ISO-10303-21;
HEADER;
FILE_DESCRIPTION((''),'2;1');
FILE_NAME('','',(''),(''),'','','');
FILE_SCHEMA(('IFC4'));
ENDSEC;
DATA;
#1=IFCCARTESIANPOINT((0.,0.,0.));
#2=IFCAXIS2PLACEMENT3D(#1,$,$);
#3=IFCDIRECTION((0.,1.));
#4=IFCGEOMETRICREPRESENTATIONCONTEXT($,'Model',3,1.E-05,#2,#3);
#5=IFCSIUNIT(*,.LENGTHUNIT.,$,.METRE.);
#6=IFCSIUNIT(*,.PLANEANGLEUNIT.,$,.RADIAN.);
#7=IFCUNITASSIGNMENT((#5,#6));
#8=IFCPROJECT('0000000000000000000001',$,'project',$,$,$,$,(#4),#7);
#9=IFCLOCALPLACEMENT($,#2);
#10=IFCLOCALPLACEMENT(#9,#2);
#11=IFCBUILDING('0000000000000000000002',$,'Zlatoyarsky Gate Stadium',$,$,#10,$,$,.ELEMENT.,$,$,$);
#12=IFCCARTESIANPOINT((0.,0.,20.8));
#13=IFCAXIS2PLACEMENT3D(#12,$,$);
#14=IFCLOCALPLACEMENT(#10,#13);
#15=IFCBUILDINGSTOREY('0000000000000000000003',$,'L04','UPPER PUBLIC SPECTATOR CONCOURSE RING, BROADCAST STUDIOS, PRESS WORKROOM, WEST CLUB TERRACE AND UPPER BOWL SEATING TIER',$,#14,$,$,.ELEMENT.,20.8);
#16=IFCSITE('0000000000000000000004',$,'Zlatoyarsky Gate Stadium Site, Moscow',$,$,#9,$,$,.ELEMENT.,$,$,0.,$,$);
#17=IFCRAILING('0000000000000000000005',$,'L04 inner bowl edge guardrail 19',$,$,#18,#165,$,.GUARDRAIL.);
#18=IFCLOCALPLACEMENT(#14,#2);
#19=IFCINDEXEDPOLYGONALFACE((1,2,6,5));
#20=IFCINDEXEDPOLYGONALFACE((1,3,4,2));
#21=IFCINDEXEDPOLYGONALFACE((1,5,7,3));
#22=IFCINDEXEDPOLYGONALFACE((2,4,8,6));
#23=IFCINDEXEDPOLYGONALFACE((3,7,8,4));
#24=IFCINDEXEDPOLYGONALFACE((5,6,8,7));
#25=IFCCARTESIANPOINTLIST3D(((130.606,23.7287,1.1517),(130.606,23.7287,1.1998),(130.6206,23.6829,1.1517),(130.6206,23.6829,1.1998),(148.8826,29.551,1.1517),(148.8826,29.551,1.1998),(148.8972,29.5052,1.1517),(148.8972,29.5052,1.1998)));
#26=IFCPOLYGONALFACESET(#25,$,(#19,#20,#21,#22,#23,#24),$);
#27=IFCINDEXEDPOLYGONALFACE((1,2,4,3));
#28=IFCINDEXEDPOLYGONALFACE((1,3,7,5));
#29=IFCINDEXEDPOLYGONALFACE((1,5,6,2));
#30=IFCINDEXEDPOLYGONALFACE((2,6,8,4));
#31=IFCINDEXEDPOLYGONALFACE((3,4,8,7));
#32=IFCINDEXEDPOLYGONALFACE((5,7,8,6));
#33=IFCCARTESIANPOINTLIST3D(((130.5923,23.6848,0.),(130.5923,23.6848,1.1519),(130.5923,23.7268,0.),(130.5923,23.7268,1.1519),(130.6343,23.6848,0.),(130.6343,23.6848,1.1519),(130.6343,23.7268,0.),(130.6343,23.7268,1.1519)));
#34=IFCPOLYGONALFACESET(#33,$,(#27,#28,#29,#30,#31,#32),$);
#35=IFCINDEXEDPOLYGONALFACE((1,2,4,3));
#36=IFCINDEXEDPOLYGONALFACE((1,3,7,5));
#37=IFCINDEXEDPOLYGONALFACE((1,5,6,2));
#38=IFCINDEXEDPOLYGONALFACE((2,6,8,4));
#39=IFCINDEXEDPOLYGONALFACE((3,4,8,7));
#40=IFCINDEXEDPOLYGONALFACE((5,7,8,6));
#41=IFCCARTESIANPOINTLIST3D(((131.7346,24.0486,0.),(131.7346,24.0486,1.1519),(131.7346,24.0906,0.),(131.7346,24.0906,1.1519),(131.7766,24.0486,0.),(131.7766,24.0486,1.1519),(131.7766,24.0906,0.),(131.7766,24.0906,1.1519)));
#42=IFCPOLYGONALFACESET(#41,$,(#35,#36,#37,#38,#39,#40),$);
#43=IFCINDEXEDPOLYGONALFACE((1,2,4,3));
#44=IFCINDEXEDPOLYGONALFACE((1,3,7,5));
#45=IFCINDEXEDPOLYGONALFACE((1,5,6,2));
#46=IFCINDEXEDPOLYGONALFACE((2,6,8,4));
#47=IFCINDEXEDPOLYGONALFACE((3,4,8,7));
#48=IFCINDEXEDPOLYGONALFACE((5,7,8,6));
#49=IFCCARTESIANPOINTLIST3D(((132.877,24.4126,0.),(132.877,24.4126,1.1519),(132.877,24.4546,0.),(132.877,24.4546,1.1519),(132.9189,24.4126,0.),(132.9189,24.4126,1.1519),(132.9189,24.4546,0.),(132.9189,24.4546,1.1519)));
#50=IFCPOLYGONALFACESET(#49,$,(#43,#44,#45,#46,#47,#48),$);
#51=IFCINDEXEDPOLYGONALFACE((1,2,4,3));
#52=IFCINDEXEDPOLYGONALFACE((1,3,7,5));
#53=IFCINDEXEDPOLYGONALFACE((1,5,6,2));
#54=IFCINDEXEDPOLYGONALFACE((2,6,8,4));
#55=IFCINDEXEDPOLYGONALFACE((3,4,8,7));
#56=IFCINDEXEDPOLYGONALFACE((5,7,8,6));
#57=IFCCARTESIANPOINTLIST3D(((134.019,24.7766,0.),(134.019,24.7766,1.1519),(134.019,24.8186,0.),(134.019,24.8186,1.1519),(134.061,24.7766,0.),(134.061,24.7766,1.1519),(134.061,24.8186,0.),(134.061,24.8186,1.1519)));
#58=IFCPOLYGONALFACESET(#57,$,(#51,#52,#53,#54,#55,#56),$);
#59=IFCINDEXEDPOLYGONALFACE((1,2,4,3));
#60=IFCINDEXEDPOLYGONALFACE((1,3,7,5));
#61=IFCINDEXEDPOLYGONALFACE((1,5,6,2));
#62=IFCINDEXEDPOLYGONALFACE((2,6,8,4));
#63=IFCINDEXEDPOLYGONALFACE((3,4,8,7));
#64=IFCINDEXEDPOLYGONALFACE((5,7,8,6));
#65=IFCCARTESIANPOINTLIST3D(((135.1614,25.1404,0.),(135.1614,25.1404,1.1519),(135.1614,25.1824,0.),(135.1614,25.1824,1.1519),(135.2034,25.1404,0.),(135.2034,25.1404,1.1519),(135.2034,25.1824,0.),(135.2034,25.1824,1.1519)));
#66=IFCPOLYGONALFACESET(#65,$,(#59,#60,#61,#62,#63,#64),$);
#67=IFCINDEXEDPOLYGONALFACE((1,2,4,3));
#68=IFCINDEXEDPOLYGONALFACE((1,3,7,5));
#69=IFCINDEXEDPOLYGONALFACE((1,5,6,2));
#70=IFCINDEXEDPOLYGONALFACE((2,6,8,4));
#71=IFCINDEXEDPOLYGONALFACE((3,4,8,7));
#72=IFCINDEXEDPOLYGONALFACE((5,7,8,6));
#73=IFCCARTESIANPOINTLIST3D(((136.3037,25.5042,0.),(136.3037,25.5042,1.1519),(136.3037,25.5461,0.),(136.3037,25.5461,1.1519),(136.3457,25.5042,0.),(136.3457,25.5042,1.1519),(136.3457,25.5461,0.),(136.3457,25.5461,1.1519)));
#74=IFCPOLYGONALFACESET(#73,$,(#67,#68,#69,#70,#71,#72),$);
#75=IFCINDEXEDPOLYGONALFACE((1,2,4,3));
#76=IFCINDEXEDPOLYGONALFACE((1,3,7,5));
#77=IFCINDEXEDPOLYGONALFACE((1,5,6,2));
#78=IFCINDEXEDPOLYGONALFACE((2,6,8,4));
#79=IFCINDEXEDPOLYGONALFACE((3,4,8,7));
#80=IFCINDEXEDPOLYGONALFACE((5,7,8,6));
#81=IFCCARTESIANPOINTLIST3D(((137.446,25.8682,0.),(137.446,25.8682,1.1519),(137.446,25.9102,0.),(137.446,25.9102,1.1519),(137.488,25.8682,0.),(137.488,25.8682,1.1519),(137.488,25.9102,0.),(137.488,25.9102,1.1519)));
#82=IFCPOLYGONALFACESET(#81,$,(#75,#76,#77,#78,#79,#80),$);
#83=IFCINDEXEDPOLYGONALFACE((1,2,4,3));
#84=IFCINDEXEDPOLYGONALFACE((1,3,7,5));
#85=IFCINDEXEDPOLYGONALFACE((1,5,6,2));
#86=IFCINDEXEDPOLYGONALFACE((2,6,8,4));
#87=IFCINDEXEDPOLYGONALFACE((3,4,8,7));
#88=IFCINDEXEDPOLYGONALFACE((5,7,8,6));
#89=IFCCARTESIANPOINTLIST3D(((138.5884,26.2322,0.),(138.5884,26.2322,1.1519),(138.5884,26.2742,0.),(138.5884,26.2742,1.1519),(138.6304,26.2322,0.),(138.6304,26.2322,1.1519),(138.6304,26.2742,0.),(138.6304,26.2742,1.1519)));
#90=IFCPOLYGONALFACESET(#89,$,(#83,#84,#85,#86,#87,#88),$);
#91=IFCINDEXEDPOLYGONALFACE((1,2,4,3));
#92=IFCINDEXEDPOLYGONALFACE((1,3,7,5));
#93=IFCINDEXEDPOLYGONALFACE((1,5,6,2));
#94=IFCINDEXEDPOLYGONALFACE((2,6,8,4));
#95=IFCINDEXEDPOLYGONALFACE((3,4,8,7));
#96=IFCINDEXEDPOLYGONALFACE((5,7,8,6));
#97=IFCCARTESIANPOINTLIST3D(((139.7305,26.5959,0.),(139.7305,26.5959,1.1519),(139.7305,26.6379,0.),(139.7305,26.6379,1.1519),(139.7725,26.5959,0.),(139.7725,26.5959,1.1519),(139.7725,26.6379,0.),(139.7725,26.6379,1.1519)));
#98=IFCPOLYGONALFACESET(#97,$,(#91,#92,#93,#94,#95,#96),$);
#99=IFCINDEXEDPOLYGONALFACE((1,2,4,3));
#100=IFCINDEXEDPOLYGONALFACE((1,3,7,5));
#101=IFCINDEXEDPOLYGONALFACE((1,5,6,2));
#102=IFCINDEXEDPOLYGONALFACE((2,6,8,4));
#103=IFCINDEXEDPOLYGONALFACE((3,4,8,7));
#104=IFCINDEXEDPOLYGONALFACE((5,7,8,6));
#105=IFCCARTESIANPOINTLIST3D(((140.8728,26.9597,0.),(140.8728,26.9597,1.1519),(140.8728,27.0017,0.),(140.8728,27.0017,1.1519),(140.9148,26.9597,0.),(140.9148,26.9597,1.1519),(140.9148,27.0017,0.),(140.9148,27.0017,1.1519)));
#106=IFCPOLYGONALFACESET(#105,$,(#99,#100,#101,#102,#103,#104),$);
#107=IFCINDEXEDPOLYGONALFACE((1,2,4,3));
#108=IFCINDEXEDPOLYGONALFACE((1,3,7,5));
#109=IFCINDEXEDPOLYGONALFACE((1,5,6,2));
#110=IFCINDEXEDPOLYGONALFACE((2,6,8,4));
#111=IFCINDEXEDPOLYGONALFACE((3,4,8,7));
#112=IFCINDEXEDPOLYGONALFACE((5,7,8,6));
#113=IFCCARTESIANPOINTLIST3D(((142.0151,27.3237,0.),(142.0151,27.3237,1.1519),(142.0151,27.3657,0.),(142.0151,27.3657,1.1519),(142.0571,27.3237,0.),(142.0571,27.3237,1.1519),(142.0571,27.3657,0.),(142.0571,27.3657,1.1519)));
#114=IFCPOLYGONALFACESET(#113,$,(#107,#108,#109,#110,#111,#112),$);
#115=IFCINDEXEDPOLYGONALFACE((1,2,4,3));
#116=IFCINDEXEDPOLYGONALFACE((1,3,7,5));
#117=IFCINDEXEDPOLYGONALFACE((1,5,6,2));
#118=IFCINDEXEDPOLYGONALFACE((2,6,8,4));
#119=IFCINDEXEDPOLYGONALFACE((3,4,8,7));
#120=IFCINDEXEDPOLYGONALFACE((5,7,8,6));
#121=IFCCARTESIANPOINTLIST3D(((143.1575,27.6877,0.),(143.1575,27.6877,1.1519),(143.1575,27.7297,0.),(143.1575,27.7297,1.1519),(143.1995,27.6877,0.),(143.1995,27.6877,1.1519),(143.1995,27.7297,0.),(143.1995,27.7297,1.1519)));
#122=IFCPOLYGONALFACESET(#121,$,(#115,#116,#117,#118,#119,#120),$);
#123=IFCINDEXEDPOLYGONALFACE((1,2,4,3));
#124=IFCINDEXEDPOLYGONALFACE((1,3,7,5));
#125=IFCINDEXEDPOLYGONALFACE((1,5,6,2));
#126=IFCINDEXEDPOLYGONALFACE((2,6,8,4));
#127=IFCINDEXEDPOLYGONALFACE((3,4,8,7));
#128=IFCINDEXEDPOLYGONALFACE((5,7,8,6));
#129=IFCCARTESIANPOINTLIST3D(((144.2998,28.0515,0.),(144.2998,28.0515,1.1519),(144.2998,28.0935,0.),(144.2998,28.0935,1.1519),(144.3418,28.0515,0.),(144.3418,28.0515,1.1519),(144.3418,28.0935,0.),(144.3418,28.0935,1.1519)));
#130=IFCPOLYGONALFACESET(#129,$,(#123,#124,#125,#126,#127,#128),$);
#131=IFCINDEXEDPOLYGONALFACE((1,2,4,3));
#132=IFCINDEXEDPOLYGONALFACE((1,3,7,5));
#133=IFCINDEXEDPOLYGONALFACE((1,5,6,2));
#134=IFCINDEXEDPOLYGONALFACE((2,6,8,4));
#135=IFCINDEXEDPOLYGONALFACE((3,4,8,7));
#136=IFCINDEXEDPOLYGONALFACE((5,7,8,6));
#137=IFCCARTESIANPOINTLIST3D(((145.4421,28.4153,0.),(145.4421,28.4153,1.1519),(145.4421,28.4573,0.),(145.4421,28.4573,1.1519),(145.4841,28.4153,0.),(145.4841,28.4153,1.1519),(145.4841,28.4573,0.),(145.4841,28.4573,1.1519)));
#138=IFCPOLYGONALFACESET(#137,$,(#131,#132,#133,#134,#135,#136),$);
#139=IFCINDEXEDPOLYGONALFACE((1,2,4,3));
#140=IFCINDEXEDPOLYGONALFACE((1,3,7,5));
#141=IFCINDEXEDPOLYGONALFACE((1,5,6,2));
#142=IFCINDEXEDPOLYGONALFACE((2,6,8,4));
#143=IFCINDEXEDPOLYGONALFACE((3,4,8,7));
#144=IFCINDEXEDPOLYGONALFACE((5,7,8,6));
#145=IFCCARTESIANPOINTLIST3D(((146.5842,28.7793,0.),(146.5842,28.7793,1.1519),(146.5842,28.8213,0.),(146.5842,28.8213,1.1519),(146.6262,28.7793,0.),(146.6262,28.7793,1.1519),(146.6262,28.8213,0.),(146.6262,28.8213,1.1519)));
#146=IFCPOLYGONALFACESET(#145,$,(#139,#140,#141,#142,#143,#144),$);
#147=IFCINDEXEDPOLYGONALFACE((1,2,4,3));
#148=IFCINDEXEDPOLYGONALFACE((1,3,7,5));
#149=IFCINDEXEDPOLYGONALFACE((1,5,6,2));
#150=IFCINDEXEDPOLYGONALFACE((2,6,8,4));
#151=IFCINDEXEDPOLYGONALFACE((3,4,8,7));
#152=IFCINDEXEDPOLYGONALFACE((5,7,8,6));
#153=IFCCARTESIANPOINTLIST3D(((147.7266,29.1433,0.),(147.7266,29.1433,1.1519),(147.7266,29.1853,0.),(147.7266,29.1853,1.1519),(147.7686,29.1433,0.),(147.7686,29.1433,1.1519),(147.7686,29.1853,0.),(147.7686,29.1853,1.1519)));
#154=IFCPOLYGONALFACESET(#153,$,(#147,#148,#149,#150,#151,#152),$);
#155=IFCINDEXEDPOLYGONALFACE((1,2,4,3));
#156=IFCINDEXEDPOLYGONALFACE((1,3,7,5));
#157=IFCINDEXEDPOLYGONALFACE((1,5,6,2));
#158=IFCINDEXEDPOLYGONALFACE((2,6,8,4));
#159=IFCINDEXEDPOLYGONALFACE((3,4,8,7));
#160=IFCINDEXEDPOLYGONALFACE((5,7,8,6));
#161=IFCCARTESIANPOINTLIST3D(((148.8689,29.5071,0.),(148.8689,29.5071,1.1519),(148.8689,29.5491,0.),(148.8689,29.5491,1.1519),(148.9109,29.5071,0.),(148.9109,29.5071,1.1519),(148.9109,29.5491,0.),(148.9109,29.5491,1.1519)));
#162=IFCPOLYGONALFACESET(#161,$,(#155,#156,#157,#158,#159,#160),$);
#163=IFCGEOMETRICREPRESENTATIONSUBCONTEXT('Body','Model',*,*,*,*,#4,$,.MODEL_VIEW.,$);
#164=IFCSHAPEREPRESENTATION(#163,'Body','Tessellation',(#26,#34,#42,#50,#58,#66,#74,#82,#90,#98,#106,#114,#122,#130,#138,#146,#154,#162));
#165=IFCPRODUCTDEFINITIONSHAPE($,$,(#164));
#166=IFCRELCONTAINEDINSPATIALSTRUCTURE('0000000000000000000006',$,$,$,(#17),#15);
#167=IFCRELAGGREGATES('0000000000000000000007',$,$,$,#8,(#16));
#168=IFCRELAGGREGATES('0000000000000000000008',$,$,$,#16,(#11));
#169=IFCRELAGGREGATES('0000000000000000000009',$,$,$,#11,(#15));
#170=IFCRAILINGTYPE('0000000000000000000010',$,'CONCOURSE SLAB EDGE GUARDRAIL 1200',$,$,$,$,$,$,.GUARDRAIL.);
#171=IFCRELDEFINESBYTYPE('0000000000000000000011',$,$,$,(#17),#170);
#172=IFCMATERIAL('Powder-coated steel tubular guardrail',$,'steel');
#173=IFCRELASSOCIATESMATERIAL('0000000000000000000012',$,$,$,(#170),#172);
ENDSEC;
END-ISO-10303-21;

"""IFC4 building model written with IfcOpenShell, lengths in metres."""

from ifc_helpers import new_model, si_unit, direction, frame, origin, origin_2d, place, context, subcontext, project, spatial, rectangle, extrude, material, type_object, element, save


model = new_model("IFC4")

# Units and contexts
model_context = context("Model", 3, precision=1e-05, world=origin(), true_north=direction((0.0, 1.0)))
body_context = subcontext(model_context, "Body", "Model", "MODEL_VIEW")
ifc_project = project(units=[si_unit("LENGTHUNIT", "METRE"), si_unit("PLANEANGLEUNIT", "RADIAN")], contexts=[model_context])

# Site, building, storey
site_placement = place(None, origin())
site = spatial("IfcSite", under=ifc_project, at=site_placement, Name="Zlatoyarsky Gate Stadium Site, Moscow", CompositionType="ELEMENT", RefElevation=0.0)
building_placement = place(site_placement, origin())
building = spatial("IfcBuilding", under=site, at=building_placement, Name="Zlatoyarsky Gate Stadium", CompositionType="ELEMENT")
storey_placement = place(building_placement, frame((0.0, 0.0, 20.8)))
storey = spatial("IfcBuildingStorey", under=building, at=storey_placement, Name="L04", Description="UPPER PUBLIC SPECTATOR CONCOURSE RING, BROADCAST STUDIOS, PRESS WORKROOM, WEST CLUB TERRACE AND UPPER BOWL SEATING TIER", CompositionType="ELEMENT", Elevation=20.8)

# Railing
ifc_material_1 = material(Name="Powder-coated steel tubular guardrail", Category="steel")
railing_type_1 = type_object("IfcRailingType", Name="CONCOURSE SLAB EDGE GUARDRAIL 1200", PredefinedType="GUARDRAIL", material=ifc_material_1)
railing_1_placement = place(storey_placement, frame((130.6133, 23.7058, 0.0)))
element("IfcRailing", 1, at=railing_1_placement, inside=storey, type_object=railing_type_1, Name="L04 inner bowl edge guardrail 19", PredefinedType="GUARDRAIL", context=body_context, shape_type="SweptSolid", body=[
    extrude(rectangle(XDim=0.0481, YDim=0.0481, at=origin_2d()), frame((0.0, 0.0, 1.1758), z_axis=(0.952821, 0.303534, 0.0), x_axis=(-0.303534, 0.952821, 0.0)), (0.0, 0.0, 1.0), 19.1816),
    extrude(rectangle(XDim=0.042, YDim=0.042, at=origin_2d()), origin(), (0.0, 0.0, 1.0), 1.1519),
    extrude(rectangle(XDim=0.042, YDim=0.042, at=origin_2d()), frame((1.1423, 0.3638, 0.0)), (0.0, 0.0, 1.0), 1.1519),
    extrude(rectangle(XDim=0.042, YDim=0.042, at=origin_2d()), frame((2.2847, 0.7278, 0.0)), (0.0, 0.0, 1.0), 1.1519),
    extrude(rectangle(XDim=0.042, YDim=0.042, at=origin_2d()), frame((3.4268, 1.0918, 0.0)), (0.0, 0.0, 1.0), 1.1519),
    extrude(rectangle(XDim=0.042, YDim=0.042, at=origin_2d()), frame((4.5691, 1.4556, 0.0)), (0.0, 0.0, 1.0), 1.1519),
    extrude(rectangle(XDim=0.042, YDim=0.042, at=origin_2d()), frame((5.7114, 1.8193, 0.0)), (0.0, 0.0, 1.0), 1.1519),
    extrude(rectangle(XDim=0.042, YDim=0.042, at=origin_2d()), frame((6.8538, 2.1833, 0.0)), (0.0, 0.0, 1.0), 1.1519),
    extrude(rectangle(XDim=0.042, YDim=0.042, at=origin_2d()), frame((7.9961, 2.5474, 0.0)), (0.0, 0.0, 1.0), 1.1519),
    extrude(rectangle(XDim=0.042, YDim=0.042, at=origin_2d()), frame((9.1382, 2.9111, 0.0)), (0.0, 0.0, 1.0), 1.1519),
    extrude(rectangle(XDim=0.042, YDim=0.042, at=origin_2d()), frame((10.2805, 3.2749, 0.0)), (0.0, 0.0, 1.0), 1.1519),
    extrude(rectangle(XDim=0.042, YDim=0.042, at=origin_2d()), frame((11.4229, 3.6389, 0.0)), (0.0, 0.0, 1.0), 1.1519),
    extrude(rectangle(XDim=0.042, YDim=0.042, at=origin_2d()), frame((12.5652, 4.0029, 0.0)), (0.0, 0.0, 1.0), 1.1519),
    extrude(rectangle(XDim=0.042, YDim=0.042, at=origin_2d()), frame((13.7075, 4.3667, 0.0)), (0.0, 0.0, 1.0), 1.1519),
    extrude(rectangle(XDim=0.042, YDim=0.042, at=origin_2d()), frame((14.8499, 4.7305, 0.0)), (0.0, 0.0, 1.0), 1.1519),
    extrude(rectangle(XDim=0.042, YDim=0.042, at=origin_2d()), frame((15.9919, 5.0945, 0.0)), (0.0, 0.0, 1.0), 1.1519),
    extrude(rectangle(XDim=0.042, YDim=0.042, at=origin_2d()), frame((17.1343, 5.4585, 0.0)), (0.0, 0.0, 1.0), 1.1519),
    extrude(rectangle(XDim=0.042, YDim=0.042, at=origin_2d()), frame((18.2766, 5.8223, 0.0)), (0.0, 0.0, 1.0), 1.1519),
])

save(model, "model.ifc")
